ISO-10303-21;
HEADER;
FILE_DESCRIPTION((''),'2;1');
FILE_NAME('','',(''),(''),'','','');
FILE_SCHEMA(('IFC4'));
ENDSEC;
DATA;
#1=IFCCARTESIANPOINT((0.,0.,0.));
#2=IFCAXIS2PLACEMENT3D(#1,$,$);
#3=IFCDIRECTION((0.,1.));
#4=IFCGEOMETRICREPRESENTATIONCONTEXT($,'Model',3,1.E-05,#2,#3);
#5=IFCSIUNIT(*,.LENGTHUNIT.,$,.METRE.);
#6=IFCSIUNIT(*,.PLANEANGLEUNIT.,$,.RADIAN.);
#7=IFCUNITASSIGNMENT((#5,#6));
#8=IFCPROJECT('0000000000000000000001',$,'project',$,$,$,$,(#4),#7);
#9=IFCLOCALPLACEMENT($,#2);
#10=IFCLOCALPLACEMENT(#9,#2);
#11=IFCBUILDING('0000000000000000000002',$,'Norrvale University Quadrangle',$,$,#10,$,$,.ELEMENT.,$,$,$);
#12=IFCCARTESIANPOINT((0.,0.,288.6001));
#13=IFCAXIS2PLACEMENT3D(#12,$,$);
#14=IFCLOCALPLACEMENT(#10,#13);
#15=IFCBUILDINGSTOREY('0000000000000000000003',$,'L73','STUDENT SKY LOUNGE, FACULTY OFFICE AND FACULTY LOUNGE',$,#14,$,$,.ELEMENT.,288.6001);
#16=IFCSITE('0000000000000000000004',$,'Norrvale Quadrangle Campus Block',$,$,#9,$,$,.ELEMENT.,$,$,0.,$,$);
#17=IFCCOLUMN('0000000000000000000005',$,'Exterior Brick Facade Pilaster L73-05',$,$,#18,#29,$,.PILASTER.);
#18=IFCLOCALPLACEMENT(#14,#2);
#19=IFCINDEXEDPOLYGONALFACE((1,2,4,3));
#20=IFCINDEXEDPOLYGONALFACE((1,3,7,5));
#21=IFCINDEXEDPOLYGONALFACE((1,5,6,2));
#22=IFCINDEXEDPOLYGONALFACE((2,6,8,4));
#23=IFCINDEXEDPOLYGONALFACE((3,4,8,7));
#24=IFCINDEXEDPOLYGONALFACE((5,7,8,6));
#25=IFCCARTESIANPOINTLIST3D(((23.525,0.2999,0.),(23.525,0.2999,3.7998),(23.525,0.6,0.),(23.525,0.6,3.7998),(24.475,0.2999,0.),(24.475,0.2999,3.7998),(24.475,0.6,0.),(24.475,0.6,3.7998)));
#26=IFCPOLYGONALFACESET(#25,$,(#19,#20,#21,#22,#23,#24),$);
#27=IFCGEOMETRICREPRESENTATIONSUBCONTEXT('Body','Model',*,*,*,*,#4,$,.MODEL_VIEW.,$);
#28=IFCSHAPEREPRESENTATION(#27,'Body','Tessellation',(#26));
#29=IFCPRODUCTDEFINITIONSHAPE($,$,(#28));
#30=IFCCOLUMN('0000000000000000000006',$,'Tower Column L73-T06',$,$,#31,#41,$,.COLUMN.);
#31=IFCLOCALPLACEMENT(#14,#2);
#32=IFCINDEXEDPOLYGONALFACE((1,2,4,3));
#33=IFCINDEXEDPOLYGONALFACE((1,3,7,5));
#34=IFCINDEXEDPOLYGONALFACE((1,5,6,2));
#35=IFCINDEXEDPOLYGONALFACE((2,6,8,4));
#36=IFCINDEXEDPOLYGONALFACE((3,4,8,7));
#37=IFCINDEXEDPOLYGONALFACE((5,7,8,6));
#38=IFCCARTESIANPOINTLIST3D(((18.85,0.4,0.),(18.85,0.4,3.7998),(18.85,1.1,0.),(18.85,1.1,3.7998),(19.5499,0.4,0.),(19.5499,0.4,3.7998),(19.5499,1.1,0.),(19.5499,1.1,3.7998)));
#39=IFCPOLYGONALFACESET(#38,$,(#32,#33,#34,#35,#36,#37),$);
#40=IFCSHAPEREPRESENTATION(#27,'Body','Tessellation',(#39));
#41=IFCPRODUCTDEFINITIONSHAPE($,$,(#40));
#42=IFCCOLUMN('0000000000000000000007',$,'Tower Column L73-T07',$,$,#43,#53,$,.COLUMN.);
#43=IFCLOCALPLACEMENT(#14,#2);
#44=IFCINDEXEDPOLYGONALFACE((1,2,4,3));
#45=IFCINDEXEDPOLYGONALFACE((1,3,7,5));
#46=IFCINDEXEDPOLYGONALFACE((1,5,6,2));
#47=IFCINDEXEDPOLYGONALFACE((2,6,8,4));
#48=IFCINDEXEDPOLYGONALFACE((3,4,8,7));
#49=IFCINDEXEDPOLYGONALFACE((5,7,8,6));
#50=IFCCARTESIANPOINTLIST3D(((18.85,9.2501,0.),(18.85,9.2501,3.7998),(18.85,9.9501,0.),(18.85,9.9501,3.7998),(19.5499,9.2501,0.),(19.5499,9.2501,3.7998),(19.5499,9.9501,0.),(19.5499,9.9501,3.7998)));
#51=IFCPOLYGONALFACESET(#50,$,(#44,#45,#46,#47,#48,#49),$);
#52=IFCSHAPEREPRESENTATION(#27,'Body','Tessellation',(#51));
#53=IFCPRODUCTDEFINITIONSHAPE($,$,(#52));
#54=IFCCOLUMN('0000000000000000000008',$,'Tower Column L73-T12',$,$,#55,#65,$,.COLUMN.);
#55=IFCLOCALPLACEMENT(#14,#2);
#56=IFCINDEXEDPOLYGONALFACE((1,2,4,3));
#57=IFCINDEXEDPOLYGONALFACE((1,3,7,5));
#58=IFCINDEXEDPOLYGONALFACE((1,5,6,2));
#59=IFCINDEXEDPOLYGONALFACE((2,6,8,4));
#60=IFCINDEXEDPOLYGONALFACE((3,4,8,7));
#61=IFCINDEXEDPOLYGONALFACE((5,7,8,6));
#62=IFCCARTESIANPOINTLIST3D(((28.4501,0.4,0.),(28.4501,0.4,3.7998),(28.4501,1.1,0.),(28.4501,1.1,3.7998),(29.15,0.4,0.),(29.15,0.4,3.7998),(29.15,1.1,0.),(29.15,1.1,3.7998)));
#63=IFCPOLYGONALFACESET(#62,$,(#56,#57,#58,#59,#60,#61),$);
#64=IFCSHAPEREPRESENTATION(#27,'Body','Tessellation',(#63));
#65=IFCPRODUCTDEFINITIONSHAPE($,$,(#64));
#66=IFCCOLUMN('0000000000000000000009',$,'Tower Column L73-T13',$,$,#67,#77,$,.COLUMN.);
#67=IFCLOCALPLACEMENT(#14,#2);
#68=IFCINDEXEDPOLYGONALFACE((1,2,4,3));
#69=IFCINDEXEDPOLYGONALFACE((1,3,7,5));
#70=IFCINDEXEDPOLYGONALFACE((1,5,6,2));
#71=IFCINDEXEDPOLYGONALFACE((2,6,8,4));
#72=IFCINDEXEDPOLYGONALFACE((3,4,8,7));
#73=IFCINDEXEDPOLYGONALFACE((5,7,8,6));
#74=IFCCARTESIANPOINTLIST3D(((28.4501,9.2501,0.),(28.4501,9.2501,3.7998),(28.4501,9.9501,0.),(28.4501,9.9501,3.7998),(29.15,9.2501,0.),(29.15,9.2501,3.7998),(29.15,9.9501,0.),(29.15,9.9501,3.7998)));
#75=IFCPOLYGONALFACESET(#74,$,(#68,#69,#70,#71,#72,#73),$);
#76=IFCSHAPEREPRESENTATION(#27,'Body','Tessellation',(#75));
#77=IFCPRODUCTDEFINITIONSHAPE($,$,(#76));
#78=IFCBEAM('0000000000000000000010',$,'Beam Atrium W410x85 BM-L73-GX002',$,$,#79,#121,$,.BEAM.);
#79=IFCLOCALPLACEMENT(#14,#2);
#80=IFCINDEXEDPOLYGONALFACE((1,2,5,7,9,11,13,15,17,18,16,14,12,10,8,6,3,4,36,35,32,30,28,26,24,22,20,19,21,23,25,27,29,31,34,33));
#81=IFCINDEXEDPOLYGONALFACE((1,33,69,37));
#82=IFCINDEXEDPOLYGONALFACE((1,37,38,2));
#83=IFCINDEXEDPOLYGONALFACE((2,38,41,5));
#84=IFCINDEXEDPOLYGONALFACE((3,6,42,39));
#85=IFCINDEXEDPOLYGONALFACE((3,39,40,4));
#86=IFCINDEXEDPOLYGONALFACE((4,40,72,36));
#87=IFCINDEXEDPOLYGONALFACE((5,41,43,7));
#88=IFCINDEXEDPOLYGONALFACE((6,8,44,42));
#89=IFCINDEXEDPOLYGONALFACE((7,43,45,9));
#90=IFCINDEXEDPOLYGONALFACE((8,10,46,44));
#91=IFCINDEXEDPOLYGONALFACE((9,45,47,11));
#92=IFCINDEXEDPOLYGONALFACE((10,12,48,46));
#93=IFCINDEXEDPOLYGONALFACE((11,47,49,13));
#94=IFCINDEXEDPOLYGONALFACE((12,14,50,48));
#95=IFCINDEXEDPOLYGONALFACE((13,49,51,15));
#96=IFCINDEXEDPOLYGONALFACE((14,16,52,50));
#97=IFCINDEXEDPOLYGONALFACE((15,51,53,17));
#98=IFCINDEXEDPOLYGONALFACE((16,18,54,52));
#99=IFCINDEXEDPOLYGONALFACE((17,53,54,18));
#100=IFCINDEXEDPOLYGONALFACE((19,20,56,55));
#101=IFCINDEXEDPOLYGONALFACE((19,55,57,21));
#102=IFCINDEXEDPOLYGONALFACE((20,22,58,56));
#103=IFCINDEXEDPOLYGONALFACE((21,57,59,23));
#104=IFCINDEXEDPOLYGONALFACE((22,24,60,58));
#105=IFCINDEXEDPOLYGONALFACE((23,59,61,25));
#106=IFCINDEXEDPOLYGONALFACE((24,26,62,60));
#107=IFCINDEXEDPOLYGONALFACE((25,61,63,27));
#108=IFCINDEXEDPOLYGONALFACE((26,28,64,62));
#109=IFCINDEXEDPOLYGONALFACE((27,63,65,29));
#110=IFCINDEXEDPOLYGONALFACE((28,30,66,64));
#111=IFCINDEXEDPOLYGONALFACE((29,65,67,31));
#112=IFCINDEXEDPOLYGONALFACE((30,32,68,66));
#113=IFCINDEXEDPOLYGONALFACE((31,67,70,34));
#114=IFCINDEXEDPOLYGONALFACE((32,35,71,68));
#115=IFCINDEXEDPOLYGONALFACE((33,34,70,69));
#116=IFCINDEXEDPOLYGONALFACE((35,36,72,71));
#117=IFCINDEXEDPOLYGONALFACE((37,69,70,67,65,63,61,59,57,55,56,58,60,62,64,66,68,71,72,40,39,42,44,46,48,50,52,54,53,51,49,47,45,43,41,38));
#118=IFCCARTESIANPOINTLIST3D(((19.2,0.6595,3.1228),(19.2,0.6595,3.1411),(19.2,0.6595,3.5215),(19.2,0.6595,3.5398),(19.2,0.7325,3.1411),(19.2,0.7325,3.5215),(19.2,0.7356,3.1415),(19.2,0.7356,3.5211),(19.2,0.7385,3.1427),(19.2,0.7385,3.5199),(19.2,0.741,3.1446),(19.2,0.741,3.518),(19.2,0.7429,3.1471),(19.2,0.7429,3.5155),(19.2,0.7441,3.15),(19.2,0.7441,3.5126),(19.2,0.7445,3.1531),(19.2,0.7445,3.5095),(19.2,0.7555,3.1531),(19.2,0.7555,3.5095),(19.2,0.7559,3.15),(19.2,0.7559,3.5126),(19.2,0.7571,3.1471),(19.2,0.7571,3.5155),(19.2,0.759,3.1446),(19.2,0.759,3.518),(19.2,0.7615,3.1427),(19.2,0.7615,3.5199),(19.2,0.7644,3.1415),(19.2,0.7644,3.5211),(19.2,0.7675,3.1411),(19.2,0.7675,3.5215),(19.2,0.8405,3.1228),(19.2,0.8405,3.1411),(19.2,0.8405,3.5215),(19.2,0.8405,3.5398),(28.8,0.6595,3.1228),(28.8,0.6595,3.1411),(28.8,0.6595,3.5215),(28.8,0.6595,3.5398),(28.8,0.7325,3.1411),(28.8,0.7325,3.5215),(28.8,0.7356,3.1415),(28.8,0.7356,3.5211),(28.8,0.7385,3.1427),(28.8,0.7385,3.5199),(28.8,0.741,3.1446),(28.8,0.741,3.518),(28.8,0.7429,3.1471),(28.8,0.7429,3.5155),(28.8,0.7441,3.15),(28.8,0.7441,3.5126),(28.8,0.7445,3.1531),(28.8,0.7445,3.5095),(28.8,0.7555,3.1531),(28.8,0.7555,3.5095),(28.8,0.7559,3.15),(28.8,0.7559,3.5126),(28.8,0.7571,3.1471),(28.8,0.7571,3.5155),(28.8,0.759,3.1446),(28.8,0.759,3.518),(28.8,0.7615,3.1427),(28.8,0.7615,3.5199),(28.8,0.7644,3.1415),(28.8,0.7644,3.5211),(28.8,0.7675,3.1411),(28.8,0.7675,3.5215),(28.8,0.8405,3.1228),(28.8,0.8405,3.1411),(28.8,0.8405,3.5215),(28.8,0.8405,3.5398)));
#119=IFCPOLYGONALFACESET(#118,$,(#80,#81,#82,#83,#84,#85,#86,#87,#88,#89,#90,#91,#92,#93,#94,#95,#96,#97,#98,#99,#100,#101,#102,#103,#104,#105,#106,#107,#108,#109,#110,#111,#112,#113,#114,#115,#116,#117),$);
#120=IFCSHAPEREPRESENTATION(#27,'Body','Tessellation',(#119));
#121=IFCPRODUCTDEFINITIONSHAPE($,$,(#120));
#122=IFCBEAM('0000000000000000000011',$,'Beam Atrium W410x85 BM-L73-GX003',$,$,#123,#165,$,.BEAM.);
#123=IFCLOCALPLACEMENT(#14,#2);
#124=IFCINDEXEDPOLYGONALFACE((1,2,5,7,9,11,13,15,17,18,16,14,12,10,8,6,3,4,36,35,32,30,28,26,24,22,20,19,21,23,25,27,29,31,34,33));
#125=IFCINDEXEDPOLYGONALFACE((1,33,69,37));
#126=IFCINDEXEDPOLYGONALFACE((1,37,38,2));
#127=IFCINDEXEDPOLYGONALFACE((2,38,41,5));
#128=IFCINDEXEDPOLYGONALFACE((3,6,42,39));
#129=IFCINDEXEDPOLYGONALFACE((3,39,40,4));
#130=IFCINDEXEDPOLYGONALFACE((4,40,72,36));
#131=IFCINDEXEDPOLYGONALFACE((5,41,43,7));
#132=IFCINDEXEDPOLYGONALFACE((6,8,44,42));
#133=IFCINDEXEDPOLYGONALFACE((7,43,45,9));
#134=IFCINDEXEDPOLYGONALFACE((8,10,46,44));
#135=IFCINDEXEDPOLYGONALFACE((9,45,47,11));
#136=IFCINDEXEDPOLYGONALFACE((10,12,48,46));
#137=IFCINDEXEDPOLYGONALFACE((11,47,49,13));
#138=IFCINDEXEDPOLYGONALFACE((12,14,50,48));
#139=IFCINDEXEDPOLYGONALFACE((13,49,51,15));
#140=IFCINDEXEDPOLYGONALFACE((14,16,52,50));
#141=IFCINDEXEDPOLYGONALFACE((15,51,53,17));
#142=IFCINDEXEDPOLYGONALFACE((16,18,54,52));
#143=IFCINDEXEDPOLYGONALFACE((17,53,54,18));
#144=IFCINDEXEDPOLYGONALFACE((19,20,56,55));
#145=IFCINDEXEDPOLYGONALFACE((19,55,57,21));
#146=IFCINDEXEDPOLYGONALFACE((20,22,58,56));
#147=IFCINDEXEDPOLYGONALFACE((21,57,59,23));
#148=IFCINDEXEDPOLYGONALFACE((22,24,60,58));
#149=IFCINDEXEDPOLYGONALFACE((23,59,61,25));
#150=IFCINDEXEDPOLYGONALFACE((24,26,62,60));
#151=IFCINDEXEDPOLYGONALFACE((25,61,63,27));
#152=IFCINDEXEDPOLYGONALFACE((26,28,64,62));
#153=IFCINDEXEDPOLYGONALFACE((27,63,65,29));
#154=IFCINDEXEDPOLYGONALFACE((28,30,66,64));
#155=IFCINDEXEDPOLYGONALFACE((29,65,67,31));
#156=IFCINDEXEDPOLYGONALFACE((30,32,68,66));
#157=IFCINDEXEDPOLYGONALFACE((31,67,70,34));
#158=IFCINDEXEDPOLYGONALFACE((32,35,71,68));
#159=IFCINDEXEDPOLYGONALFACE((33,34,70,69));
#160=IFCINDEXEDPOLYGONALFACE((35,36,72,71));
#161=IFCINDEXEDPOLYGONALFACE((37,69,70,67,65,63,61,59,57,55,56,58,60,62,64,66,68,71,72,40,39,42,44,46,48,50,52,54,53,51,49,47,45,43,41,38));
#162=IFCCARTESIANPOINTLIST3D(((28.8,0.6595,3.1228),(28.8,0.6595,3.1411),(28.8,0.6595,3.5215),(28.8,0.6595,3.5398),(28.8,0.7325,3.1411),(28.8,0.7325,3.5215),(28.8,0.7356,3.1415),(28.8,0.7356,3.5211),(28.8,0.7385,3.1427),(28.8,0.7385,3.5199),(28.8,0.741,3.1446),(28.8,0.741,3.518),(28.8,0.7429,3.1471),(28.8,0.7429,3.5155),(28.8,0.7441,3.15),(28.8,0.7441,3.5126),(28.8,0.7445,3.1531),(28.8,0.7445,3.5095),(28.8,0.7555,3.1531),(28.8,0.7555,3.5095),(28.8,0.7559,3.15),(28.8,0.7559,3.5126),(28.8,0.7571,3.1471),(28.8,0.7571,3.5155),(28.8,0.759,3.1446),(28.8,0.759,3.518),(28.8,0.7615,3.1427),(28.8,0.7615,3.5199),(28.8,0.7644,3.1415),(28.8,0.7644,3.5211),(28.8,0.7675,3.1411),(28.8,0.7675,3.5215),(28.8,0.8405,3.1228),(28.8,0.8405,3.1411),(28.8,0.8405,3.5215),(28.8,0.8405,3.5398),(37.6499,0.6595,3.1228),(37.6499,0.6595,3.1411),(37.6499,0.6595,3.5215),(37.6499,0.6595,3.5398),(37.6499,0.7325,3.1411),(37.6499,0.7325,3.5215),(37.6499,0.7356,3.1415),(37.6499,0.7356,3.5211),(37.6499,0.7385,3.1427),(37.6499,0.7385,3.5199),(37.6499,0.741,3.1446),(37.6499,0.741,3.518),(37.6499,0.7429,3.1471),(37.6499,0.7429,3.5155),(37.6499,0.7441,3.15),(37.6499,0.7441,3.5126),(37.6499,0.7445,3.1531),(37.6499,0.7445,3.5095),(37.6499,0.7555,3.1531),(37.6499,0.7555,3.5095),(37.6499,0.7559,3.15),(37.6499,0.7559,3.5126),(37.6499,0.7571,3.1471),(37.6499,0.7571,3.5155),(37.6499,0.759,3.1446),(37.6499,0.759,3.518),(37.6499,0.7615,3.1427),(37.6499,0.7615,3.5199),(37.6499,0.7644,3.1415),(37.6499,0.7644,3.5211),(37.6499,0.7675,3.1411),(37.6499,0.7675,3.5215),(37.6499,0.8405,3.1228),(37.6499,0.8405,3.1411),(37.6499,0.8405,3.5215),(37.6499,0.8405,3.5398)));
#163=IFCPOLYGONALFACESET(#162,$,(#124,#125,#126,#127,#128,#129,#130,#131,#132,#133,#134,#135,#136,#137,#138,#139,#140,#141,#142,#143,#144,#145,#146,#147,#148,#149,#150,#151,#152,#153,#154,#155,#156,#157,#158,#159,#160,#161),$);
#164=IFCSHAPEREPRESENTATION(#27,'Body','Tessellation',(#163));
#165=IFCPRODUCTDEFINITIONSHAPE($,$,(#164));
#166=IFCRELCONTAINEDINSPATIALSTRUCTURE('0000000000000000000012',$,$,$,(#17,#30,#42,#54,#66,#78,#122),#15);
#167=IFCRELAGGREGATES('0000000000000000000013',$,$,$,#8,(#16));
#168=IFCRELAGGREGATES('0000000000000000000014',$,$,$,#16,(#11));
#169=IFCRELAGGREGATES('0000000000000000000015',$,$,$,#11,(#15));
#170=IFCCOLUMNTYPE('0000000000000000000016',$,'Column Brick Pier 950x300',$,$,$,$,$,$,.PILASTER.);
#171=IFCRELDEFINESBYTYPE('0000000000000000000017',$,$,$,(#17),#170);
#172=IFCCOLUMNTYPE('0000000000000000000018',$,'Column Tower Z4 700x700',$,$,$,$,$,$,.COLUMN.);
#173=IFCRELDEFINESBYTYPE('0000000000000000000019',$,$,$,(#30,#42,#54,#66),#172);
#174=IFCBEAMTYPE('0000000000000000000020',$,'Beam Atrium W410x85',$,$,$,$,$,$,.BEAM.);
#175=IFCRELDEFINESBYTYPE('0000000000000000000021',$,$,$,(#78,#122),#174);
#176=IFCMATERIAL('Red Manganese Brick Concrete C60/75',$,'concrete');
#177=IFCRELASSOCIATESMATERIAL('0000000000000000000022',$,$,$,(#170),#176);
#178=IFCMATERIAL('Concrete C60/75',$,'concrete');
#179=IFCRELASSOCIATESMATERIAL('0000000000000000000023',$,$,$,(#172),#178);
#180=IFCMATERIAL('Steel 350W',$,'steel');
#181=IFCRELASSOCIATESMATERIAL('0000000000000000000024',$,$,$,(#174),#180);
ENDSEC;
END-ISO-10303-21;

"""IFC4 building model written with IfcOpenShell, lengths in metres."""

from ifc_helpers import new_model, si_unit, direction, frame, origin, origin_2d, place, context, subcontext, project, spatial, rectangle, i_section, extrude, material, material_profile, profile_set, type_object, element, save


model = new_model("IFC4")

# Units and contexts
model_context = context("Model", 3, precision=1e-05, world=origin(), true_north=direction((0.0, 1.0)))
body_context = subcontext(model_context, "Body", "Model", "MODEL_VIEW")
ifc_project = project(units=[si_unit("LENGTHUNIT", "METRE"), si_unit("PLANEANGLEUNIT", "RADIAN")], contexts=[model_context])

# Site, building, storey
site_placement = place(None, origin())
site = spatial("IfcSite", under=ifc_project, at=site_placement, Name="Norrvale Quadrangle Campus Block", CompositionType="ELEMENT", RefElevation=0.0)
building_placement = place(site_placement, origin())
building = spatial("IfcBuilding", under=site, at=building_placement, Name="Norrvale University Quadrangle", CompositionType="ELEMENT")
storey_placement = place(building_placement, frame((0.0, 0.0, 288.6001)))
storey = spatial("IfcBuildingStorey", under=building, at=storey_placement, Name="L73", Description="STUDENT SKY LOUNGE, FACULTY OFFICE AND FACULTY LOUNGE", CompositionType="ELEMENT", Elevation=288.6001)

# Columns
ifc_material_1 = material(Name="Red Manganese Brick Concrete C60/75", Category="concrete")
ifc_material_profile_1 = material_profile(ifc_material_1, rectangle(XDim=0.95, YDim=0.3, at=origin_2d()), Name="Red Manganese Brick Concrete C60/75")
ifc_profile_set_1 = profile_set([ifc_material_profile_1], Name="Red Manganese Brick Concrete C60/75")
column_type_1 = type_object("IfcColumnType", Name="Column Brick Pier 950x300", PredefinedType="PILASTER", material=ifc_profile_set_1)
column_placement = place(storey_placement, frame((24.0, 0.45, 0.0), z_axis=(0.0, 0.0, 1.0), x_axis=(1.0, 0.0, 0.0)))
element("IfcColumn", 1, at=column_placement, inside=storey, type_object=column_type_1, Name="Exterior Brick Facade Pilaster L73-05", PredefinedType="PILASTER", context=body_context, shape_type="SweptSolid", body=[
    extrude(rectangle(XDim=0.95, YDim=0.3, at=origin_2d()), origin(), (0.0, 0.0, 1.0), 3.7998),
])
ifc_material_2 = material(Name="Concrete C60/75", Category="concrete")
ifc_material_profile_2 = material_profile(ifc_material_2, rectangle(XDim=0.7, YDim=0.7, at=origin_2d()), Name="Concrete C60/75")
ifc_profile_set_2 = profile_set([ifc_material_profile_2], Name="Concrete C60/75")
column_type_2 = type_object("IfcColumnType", Name="Column Tower Z4 700x700", PredefinedType="COLUMN", material=ifc_profile_set_2)
for number, where, z_axis, x_axis, name in (
    (2, (19.2, 0.75, 0.0), (0.0, 0.0, 1.0), (1.0, 0.0, 0.0), "Tower Column L73-T06"),
    (3, (19.2, 9.6001, 0.0), (0.0, 0.0, 1.0), (1.0, 0.0, 0.0), "Tower Column L73-T07"),
    (4, (28.8, 0.75, 0.0), (0.0, 0.0, 1.0), (1.0, 0.0, 0.0), "Tower Column L73-T12"),
    (5, (28.8, 9.6001, 0.0), (0.0, 0.0, 1.0), (1.0, 0.0, 0.0), "Tower Column L73-T13"),
):
    element("IfcColumn", number, at=place(storey_placement, frame(where, z_axis=z_axis, x_axis=x_axis)), inside=storey, type_object=column_type_2, Name=name, PredefinedType="COLUMN", context=body_context, shape_type="SweptSolid", body=[
        extrude(rectangle(XDim=0.7, YDim=0.7, at=origin_2d()), origin(), (0.0, 0.0, 1.0), 3.7998),
    ])

# Beams
ifc_material_3 = material(Name="Steel 350W", Category="steel")
ifc_material_profile_3 = material_profile(ifc_material_3, i_section(OverallWidth=0.1809, OverallDepth=0.417, WebThickness=0.011, FlangeThickness=0.0183, FilletRadius=0.012, at=origin_2d()), Name="Steel 350W")
ifc_profile_set_3 = profile_set([ifc_material_profile_3], Name="Steel 350W")
beam_type_1 = type_object("IfcBeamType", Name="Beam Atrium W410x85", PredefinedType="BEAM", material=ifc_profile_set_3)
beam_1_placement = place(storey_placement, frame((19.2, 0.75, 3.3313), z_axis=(1.0, 0.0, 0.0), x_axis=(0.0, 1.0, 0.0)))
element("IfcBeam", 6, at=beam_1_placement, inside=storey, type_object=beam_type_1, Name="Beam Atrium W410x85 BM-L73-GX002", PredefinedType="BEAM", context=body_context, shape_type="SweptSolid", body=[
    extrude(i_section(OverallWidth=0.1809, OverallDepth=0.417, WebThickness=0.011, FlangeThickness=0.0183, FilletRadius=0.012, at=origin_2d()), origin(), (0.0, 0.0, 1.0), 9.6001),
])
beam_2_placement = place(storey_placement, frame((28.8, 0.75, 3.3313), z_axis=(1.0, 0.0, 0.0), x_axis=(0.0, 1.0, 0.0)))
element("IfcBeam", 7, at=beam_2_placement, inside=storey, type_object=beam_type_1, Name="Beam Atrium W410x85 BM-L73-GX003", PredefinedType="BEAM", context=body_context, shape_type="SweptSolid", body=[
    extrude(i_section(OverallWidth=0.1809, OverallDepth=0.417, WebThickness=0.011, FlangeThickness=0.0183, FilletRadius=0.012, at=origin_2d()), origin(), (0.0, 0.0, 1.0), 8.8499),
])

save(model, "model.ifc")
